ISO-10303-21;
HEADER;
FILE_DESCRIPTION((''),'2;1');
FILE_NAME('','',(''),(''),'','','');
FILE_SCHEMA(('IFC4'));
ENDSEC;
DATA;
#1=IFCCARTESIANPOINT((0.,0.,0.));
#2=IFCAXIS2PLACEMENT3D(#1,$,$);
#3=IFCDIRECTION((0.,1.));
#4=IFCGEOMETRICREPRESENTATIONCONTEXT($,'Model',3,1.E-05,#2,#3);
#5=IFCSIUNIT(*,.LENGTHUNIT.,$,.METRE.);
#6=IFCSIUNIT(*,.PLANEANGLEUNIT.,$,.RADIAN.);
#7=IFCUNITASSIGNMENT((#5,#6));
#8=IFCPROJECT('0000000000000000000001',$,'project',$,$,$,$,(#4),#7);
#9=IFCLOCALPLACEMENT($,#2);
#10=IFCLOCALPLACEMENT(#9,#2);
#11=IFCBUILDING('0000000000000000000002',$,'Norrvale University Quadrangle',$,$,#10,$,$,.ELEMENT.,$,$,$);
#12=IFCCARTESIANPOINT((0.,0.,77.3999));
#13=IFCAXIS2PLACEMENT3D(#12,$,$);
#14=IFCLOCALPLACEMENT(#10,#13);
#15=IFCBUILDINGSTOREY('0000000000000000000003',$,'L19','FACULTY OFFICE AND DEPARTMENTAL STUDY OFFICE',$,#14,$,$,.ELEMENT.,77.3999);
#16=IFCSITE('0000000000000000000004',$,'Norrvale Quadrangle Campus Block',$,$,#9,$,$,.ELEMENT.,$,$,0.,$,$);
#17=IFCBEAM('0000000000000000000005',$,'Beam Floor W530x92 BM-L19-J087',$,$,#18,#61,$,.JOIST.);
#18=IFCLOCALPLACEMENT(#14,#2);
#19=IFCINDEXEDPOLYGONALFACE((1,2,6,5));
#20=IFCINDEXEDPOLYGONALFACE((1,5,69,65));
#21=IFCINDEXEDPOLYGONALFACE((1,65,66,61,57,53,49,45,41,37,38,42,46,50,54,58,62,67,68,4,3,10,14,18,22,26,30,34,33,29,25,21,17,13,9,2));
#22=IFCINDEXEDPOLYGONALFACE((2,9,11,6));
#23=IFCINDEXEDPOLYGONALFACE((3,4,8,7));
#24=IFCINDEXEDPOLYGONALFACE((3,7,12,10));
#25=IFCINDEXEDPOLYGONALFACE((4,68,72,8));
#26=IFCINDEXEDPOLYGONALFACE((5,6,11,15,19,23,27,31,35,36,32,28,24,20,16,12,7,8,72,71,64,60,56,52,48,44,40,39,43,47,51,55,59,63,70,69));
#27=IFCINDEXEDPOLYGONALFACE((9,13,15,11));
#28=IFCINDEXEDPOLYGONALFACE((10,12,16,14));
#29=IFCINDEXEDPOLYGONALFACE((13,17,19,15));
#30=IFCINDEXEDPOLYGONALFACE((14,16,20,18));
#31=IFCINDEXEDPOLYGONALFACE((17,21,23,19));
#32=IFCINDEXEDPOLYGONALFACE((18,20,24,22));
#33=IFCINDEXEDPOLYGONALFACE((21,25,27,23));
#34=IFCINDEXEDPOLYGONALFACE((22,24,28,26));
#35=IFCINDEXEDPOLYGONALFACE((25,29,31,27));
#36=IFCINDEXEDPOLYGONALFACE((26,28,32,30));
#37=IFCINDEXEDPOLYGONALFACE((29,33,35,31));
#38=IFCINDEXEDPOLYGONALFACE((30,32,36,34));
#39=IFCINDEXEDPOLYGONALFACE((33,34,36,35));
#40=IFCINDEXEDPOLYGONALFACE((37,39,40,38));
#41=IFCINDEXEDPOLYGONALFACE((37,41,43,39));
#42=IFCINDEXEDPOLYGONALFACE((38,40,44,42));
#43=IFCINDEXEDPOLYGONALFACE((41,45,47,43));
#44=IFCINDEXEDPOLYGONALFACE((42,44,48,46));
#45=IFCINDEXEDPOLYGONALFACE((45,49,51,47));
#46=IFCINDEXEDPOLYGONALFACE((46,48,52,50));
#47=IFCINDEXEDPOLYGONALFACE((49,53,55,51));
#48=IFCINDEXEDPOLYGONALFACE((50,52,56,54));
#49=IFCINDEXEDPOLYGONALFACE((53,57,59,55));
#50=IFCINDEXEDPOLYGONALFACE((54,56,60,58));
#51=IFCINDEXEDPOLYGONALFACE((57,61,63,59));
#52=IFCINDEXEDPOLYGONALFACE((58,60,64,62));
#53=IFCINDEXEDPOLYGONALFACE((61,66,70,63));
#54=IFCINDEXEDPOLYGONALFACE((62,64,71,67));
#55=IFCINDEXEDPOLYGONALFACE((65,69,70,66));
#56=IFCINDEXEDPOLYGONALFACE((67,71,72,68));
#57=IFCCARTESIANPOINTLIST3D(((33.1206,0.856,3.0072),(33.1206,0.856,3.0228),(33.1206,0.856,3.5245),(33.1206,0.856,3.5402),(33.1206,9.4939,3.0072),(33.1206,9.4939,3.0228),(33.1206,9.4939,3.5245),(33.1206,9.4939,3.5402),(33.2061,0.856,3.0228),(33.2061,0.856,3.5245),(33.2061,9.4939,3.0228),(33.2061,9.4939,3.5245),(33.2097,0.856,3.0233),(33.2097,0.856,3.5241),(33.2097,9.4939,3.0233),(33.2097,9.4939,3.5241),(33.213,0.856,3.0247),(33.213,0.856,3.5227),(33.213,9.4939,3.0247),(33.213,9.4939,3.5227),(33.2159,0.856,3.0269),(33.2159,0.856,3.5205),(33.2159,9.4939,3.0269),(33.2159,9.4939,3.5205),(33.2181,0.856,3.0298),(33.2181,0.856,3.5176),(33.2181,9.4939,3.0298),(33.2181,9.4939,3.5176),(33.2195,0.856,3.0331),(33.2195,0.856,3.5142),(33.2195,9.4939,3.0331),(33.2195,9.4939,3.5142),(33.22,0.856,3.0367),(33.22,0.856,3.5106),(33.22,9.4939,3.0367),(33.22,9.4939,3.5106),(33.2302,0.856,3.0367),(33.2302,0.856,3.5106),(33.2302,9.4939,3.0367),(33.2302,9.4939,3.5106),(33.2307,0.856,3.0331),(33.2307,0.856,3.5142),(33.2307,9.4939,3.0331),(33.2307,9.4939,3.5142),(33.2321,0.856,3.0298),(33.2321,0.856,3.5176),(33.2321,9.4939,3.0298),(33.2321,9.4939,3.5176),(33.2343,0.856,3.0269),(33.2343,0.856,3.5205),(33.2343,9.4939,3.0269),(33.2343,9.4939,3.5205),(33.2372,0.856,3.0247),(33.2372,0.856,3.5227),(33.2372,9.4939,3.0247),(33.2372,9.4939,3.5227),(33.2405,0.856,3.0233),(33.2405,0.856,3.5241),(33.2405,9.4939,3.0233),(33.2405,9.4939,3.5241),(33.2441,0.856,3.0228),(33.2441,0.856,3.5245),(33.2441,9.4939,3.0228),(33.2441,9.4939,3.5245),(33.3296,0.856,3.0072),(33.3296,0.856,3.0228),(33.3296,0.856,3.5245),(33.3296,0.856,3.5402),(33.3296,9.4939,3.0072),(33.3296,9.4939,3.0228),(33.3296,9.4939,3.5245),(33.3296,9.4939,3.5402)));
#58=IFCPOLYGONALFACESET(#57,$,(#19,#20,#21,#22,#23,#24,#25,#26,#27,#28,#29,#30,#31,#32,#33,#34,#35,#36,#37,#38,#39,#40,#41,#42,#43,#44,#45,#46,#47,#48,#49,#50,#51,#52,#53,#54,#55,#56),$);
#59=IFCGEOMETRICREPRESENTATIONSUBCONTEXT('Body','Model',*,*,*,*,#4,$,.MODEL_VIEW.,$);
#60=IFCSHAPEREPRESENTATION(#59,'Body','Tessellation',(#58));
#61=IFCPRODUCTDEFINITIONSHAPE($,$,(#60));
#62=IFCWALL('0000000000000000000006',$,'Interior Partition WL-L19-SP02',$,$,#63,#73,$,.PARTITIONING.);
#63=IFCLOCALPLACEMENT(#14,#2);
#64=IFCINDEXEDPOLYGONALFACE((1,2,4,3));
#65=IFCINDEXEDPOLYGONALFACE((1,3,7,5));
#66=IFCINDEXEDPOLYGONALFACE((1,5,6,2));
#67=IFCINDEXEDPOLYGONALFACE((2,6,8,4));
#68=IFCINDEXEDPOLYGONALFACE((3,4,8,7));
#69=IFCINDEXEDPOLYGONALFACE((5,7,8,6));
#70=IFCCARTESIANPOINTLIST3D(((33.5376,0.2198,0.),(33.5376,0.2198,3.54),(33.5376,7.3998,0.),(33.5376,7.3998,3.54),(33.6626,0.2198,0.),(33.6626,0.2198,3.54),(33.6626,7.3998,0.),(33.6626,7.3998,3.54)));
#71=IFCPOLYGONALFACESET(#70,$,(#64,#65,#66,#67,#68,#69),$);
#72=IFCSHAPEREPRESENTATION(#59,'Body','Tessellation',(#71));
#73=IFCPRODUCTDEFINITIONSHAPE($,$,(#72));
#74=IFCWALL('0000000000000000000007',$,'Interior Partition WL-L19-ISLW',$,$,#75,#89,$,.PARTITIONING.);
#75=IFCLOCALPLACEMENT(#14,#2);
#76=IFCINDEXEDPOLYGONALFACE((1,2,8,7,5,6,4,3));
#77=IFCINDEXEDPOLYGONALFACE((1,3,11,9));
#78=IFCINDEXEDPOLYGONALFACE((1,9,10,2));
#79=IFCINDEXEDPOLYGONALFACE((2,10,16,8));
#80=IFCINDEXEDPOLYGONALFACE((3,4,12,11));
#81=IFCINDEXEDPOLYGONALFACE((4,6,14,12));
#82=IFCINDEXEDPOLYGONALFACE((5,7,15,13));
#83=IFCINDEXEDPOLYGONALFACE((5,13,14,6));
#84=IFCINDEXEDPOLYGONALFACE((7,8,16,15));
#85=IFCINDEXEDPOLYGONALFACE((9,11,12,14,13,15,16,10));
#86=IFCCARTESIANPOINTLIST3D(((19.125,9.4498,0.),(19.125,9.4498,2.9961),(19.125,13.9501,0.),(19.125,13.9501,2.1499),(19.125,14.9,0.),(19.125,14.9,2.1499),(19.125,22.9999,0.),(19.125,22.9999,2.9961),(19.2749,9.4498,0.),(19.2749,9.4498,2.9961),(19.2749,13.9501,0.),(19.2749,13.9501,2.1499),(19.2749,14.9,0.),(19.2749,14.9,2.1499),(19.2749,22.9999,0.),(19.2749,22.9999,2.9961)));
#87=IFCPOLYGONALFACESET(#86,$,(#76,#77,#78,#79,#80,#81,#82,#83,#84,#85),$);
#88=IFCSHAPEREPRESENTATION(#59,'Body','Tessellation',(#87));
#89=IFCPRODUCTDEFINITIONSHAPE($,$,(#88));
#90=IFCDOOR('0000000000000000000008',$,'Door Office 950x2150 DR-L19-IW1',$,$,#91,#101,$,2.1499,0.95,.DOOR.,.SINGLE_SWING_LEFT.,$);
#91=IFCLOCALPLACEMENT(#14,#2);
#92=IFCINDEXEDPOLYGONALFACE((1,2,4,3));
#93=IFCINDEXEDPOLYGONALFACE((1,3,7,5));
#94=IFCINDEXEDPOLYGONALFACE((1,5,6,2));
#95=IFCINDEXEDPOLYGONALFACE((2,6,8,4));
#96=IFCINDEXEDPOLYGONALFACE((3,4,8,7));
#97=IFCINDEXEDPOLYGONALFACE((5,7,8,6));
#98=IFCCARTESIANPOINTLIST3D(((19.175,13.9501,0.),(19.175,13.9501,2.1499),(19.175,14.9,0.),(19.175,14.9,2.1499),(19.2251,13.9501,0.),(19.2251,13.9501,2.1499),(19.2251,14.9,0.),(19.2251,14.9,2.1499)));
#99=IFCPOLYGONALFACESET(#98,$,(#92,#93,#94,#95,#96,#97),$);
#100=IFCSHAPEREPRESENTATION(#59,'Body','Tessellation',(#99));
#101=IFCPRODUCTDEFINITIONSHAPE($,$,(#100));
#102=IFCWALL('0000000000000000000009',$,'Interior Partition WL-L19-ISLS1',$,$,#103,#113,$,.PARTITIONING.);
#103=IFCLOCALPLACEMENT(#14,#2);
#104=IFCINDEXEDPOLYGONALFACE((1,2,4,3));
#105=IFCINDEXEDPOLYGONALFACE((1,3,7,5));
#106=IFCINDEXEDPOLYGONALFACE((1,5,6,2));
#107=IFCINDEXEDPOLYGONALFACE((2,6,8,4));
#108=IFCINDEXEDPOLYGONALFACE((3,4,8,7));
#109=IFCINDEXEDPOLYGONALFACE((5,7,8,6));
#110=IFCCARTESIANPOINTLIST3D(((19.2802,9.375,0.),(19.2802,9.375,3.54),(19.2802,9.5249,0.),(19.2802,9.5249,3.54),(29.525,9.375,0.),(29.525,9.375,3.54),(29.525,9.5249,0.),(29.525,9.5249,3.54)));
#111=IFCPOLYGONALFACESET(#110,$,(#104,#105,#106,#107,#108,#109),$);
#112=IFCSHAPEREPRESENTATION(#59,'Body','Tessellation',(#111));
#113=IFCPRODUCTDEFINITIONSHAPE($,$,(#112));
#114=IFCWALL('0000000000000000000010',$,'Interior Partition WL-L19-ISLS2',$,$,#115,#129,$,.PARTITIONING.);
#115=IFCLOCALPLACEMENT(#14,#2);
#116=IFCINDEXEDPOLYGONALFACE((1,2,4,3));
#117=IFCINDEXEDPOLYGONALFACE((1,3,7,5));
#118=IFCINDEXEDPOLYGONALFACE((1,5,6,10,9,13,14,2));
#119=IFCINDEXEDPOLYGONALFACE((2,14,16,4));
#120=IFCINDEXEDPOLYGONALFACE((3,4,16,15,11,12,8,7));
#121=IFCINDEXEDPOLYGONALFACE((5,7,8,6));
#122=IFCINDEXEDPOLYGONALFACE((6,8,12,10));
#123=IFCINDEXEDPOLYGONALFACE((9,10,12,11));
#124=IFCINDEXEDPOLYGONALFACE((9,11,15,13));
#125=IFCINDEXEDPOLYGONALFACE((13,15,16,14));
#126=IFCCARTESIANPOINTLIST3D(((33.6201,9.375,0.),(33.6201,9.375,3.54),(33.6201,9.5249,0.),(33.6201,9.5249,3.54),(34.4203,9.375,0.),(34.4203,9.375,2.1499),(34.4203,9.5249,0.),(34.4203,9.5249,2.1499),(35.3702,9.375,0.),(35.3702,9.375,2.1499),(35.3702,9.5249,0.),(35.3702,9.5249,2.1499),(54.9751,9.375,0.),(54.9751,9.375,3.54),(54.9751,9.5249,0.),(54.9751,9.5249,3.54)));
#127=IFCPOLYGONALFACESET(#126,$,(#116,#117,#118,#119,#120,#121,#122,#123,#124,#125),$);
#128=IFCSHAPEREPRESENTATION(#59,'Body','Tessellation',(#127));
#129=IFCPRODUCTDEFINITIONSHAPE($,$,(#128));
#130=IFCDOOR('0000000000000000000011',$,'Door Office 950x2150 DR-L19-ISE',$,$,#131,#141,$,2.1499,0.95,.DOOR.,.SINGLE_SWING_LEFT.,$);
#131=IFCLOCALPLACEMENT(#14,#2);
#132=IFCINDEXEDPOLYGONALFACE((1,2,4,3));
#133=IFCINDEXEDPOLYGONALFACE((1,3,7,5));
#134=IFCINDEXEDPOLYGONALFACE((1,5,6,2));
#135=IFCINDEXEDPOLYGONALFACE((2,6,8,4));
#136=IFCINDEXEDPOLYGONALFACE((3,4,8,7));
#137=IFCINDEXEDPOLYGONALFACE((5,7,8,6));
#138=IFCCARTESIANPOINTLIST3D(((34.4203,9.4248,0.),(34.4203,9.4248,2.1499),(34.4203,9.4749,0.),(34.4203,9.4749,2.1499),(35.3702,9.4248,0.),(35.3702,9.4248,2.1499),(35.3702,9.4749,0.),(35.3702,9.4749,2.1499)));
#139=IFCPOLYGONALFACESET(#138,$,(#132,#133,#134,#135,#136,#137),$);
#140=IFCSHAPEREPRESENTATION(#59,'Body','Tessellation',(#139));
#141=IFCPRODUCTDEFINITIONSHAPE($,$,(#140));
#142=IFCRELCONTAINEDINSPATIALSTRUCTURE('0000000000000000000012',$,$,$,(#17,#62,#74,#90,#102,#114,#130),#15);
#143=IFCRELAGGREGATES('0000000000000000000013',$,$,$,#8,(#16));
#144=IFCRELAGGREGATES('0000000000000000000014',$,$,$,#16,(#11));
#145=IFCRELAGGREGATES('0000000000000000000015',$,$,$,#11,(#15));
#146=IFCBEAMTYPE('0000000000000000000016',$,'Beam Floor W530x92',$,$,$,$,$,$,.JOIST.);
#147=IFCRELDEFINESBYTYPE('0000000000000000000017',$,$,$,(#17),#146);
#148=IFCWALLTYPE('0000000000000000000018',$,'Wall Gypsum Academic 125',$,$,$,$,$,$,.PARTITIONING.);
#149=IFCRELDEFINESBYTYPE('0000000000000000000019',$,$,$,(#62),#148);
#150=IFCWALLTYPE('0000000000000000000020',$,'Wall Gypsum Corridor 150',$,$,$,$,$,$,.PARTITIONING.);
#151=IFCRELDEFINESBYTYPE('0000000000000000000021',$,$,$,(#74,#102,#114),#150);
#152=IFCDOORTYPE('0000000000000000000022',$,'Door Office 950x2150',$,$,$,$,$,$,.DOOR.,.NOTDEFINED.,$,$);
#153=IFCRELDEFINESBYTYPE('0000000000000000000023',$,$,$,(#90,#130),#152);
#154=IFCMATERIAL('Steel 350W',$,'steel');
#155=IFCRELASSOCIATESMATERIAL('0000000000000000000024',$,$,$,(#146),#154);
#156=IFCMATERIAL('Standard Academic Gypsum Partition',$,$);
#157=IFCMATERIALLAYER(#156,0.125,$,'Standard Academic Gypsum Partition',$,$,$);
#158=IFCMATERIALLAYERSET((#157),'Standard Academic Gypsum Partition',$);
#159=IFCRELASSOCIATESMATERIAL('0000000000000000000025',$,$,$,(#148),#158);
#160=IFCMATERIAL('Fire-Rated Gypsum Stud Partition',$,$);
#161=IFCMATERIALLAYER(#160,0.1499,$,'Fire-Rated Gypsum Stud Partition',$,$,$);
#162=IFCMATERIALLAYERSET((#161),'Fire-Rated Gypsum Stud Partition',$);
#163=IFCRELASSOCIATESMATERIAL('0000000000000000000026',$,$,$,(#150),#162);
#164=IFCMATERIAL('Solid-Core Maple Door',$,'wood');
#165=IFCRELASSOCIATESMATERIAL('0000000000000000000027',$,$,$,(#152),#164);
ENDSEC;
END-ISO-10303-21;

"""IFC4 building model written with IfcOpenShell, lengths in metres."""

from ifc_helpers import new_model, si_unit, direction, frame, frame_2d, origin, origin_2d, place, context, subcontext, project, spatial, rectangle, i_section, extrude, material, layer, layer_set, material_profile, profile_set, type_object, element, fill, save


model = new_model("IFC4")

# Units and contexts
model_context = context("Model", 3, precision=1e-05, world=origin(), true_north=direction((0.0, 1.0)))
body_context = subcontext(model_context, "Body", "Model", "MODEL_VIEW")
ifc_project = project(units=[si_unit("LENGTHUNIT", "METRE"), si_unit("PLANEANGLEUNIT", "RADIAN")], contexts=[model_context])

# Site, building, storey
site_placement = place(None, origin())
site = spatial("IfcSite", under=ifc_project, at=site_placement, Name="Norrvale Quadrangle Campus Block", CompositionType="ELEMENT", RefElevation=0.0)
building_placement = place(site_placement, origin())
building = spatial("IfcBuilding", under=site, at=building_placement, Name="Norrvale University Quadrangle", CompositionType="ELEMENT")
storey_placement = place(building_placement, frame((0.0, 0.0, 77.3999)))
storey = spatial("IfcBuildingStorey", under=building, at=storey_placement, Name="L19", Description="FACULTY OFFICE AND DEPARTMENTAL STUDY OFFICE", CompositionType="ELEMENT", Elevation=77.3999)

# Beam
ifc_material_1 = material(Name="Steel 350W", Category="steel")
ifc_material_profile_1 = material_profile(ifc_material_1, i_section(OverallWidth=0.209, OverallDepth=0.533, WebThickness=0.0103, FlangeThickness=0.0156, FilletRadius=0.0139, at=origin_2d()), Name="Steel 350W")
ifc_profile_set_1 = profile_set([ifc_material_profile_1], Name="Steel 350W")
beam_type_1 = type_object("IfcBeamType", Name="Beam Floor W530x92", PredefinedType="JOIST", material=ifc_profile_set_1)
beam_1_placement = place(storey_placement, frame((33.2251, 0.856, 3.2737), z_axis=(0.0, 1.0, 0.0), x_axis=(-1.0, 0.0, 0.0)))
element("IfcBeam", 1, at=beam_1_placement, inside=storey, type_object=beam_type_1, Name="Beam Floor W530x92 BM-L19-J087", PredefinedType="JOIST", context=body_context, shape_type="SweptSolid", body=[
    extrude(i_section(OverallWidth=0.209, OverallDepth=0.533, WebThickness=0.0103, FlangeThickness=0.0156, FilletRadius=0.0139, at=origin_2d()), origin(), (0.0, 0.0, 1.0), 8.6379),
])

# Wall
ifc_material_2 = material(Name="Standard Academic Gypsum Partition")
ifc_layer_1 = layer(ifc_material_2, 0.125, Name="Standard Academic Gypsum Partition")
ifc_layer_set_1 = layer_set([ifc_layer_1], Name="Standard Academic Gypsum Partition")
wall_type_1 = type_object("IfcWallType", Name="Wall Gypsum Academic 125", PredefinedType="PARTITIONING", material=ifc_layer_set_1)
wall_1_placement = place(storey_placement, frame((33.6001, 0.22, 0.0), z_axis=(0.0, 0.0, 1.0), x_axis=(0.0, 1.0, 0.0)))
element("IfcWall", 2, at=wall_1_placement, inside=storey, type_object=wall_type_1, Name="Interior Partition WL-L19-SP02", PredefinedType="PARTITIONING", context=body_context, shape_type="SweptSolid", body=[
    extrude(rectangle(XDim=7.1799, YDim=0.125, at=frame_2d((3.5898, 0.0))), origin(), (0.0, 0.0, 1.0), 3.54),
])

# Wall, opening, door
ifc_material_3 = material(Name="Fire-Rated Gypsum Stud Partition")
ifc_layer_2 = layer(ifc_material_3, 0.1499, Name="Fire-Rated Gypsum Stud Partition")
ifc_layer_set_2 = layer_set([ifc_layer_2], Name="Fire-Rated Gypsum Stud Partition")
wall_type_2 = type_object("IfcWallType", Name="Wall Gypsum Corridor 150", PredefinedType="PARTITIONING", material=ifc_layer_set_2)
wall_2_placement = place(storey_placement, frame((19.2, 9.45, 0.0), z_axis=(0.0, 0.0, 1.0), x_axis=(0.0, 1.0, 0.0)))
wall_2 = element("IfcWall", 3, at=wall_2_placement, inside=storey, type_object=wall_type_2, Name="Interior Partition WL-L19-ISLW", PredefinedType="PARTITIONING", context=body_context, shape_type="SweptSolid", body=[
    extrude(rectangle(XDim=13.55, YDim=0.1499, at=frame_2d((6.7749, 0.0))), origin(), (0.0, 0.0, 1.0), 2.9961),
])
opening_1_placement = place(wall_2_placement, frame((4.5, 0.0, 0.0)))
opening_1 = element("IfcOpeningElement", 4, at=opening_1_placement, cuts=wall_2, PredefinedType="OPENING", context=body_context, shape_type="SweptSolid", body=[
    extrude(rectangle(XDim=0.95, YDim=2.1499, at=frame_2d((0.4751, 1.075))), frame((0.0, 0.0869, 0.0), z_axis=(0.0, -1.0, 0.0), x_axis=(1.0, 0.0, 0.0)), (0.0, 0.0, 1.0), 0.1738),
])
ifc_material_4 = material(Name="Solid-Core Maple Door", Category="wood")
door_type = type_object("IfcDoorType", Name="Door Office 950x2150", OperationType="NOTDEFINED", PredefinedType="DOOR", material=ifc_material_4)
door_1_placement = place(opening_1_placement, origin())
door_1 = element("IfcDoor", 5, at=door_1_placement, inside=storey, type_object=door_type, Name="Door Office 950x2150 DR-L19-IW1", OperationType="SINGLE_SWING_LEFT", OverallHeight=2.1499, OverallWidth=0.95, PredefinedType="DOOR", context=body_context, shape_type="SweptSolid", body=[
    extrude(rectangle(XDim=0.95, YDim=2.1499, at=frame_2d((0.4751, 1.075))), frame((0.0, 0.0249, 0.0), z_axis=(0.0, -1.0, 0.0), x_axis=(1.0, 0.0, 0.0)), (0.0, 0.0, 1.0), 0.05),
])
fill(opening_1, door_1)

# Wall
wall_3_placement = place(storey_placement, frame((19.28, 9.45, 0.0), z_axis=(0.0, 0.0, 1.0), x_axis=(1.0, 0.0, 0.0)))
element("IfcWall", 6, at=wall_3_placement, inside=storey, type_object=wall_type_2, Name="Interior Partition WL-L19-ISLS1", PredefinedType="PARTITIONING", context=body_context, shape_type="SweptSolid", body=[
    extrude(rectangle(XDim=10.2449, YDim=0.1499, at=frame_2d((5.1226, 0.0))), origin(), (0.0, 0.0, 1.0), 3.54),
])

# Wall, opening, door
wall_4_placement = place(storey_placement, frame((33.6201, 9.45, 0.0), z_axis=(0.0, 0.0, 1.0), x_axis=(1.0, 0.0, 0.0)))
wall_4 = element("IfcWall", 7, at=wall_4_placement, inside=storey, type_object=wall_type_2, Name="Interior Partition WL-L19-ISLS2", PredefinedType="PARTITIONING", context=body_context, shape_type="SweptSolid", body=[
    extrude(rectangle(XDim=21.355, YDim=0.1499, at=frame_2d((10.6775, 0.0))), origin(), (0.0, 0.0, 1.0), 3.54),
])
opening_2_placement = place(wall_4_placement, frame((0.8, 0.0, 0.0)))
opening_2 = element("IfcOpeningElement", 8, at=opening_2_placement, cuts=wall_4, PredefinedType="OPENING", context=body_context, shape_type="SweptSolid", body=[
    extrude(rectangle(XDim=0.95, YDim=2.1499, at=frame_2d((0.4751, 1.075))), frame((0.0, 0.0869, 0.0), z_axis=(0.0, -1.0, 0.0), x_axis=(1.0, 0.0, 0.0)), (0.0, 0.0, 1.0), 0.1738),
])
door_2_placement = place(opening_2_placement, origin())
door_2 = element("IfcDoor", 9, at=door_2_placement, inside=storey, type_object=door_type, Name="Door Office 950x2150 DR-L19-ISE", OperationType="SINGLE_SWING_LEFT", OverallHeight=2.1499, OverallWidth=0.95, PredefinedType="DOOR", context=body_context, shape_type="SweptSolid", body=[
    extrude(rectangle(XDim=0.95, YDim=2.1499, at=frame_2d((0.4751, 1.075))), frame((0.0, 0.0249, 0.0), z_axis=(0.0, -1.0, 0.0), x_axis=(1.0, 0.0, 0.0)), (0.0, 0.0, 1.0), 0.05),
])
fill(opening_2, door_2)

save(model, "model.ifc")
